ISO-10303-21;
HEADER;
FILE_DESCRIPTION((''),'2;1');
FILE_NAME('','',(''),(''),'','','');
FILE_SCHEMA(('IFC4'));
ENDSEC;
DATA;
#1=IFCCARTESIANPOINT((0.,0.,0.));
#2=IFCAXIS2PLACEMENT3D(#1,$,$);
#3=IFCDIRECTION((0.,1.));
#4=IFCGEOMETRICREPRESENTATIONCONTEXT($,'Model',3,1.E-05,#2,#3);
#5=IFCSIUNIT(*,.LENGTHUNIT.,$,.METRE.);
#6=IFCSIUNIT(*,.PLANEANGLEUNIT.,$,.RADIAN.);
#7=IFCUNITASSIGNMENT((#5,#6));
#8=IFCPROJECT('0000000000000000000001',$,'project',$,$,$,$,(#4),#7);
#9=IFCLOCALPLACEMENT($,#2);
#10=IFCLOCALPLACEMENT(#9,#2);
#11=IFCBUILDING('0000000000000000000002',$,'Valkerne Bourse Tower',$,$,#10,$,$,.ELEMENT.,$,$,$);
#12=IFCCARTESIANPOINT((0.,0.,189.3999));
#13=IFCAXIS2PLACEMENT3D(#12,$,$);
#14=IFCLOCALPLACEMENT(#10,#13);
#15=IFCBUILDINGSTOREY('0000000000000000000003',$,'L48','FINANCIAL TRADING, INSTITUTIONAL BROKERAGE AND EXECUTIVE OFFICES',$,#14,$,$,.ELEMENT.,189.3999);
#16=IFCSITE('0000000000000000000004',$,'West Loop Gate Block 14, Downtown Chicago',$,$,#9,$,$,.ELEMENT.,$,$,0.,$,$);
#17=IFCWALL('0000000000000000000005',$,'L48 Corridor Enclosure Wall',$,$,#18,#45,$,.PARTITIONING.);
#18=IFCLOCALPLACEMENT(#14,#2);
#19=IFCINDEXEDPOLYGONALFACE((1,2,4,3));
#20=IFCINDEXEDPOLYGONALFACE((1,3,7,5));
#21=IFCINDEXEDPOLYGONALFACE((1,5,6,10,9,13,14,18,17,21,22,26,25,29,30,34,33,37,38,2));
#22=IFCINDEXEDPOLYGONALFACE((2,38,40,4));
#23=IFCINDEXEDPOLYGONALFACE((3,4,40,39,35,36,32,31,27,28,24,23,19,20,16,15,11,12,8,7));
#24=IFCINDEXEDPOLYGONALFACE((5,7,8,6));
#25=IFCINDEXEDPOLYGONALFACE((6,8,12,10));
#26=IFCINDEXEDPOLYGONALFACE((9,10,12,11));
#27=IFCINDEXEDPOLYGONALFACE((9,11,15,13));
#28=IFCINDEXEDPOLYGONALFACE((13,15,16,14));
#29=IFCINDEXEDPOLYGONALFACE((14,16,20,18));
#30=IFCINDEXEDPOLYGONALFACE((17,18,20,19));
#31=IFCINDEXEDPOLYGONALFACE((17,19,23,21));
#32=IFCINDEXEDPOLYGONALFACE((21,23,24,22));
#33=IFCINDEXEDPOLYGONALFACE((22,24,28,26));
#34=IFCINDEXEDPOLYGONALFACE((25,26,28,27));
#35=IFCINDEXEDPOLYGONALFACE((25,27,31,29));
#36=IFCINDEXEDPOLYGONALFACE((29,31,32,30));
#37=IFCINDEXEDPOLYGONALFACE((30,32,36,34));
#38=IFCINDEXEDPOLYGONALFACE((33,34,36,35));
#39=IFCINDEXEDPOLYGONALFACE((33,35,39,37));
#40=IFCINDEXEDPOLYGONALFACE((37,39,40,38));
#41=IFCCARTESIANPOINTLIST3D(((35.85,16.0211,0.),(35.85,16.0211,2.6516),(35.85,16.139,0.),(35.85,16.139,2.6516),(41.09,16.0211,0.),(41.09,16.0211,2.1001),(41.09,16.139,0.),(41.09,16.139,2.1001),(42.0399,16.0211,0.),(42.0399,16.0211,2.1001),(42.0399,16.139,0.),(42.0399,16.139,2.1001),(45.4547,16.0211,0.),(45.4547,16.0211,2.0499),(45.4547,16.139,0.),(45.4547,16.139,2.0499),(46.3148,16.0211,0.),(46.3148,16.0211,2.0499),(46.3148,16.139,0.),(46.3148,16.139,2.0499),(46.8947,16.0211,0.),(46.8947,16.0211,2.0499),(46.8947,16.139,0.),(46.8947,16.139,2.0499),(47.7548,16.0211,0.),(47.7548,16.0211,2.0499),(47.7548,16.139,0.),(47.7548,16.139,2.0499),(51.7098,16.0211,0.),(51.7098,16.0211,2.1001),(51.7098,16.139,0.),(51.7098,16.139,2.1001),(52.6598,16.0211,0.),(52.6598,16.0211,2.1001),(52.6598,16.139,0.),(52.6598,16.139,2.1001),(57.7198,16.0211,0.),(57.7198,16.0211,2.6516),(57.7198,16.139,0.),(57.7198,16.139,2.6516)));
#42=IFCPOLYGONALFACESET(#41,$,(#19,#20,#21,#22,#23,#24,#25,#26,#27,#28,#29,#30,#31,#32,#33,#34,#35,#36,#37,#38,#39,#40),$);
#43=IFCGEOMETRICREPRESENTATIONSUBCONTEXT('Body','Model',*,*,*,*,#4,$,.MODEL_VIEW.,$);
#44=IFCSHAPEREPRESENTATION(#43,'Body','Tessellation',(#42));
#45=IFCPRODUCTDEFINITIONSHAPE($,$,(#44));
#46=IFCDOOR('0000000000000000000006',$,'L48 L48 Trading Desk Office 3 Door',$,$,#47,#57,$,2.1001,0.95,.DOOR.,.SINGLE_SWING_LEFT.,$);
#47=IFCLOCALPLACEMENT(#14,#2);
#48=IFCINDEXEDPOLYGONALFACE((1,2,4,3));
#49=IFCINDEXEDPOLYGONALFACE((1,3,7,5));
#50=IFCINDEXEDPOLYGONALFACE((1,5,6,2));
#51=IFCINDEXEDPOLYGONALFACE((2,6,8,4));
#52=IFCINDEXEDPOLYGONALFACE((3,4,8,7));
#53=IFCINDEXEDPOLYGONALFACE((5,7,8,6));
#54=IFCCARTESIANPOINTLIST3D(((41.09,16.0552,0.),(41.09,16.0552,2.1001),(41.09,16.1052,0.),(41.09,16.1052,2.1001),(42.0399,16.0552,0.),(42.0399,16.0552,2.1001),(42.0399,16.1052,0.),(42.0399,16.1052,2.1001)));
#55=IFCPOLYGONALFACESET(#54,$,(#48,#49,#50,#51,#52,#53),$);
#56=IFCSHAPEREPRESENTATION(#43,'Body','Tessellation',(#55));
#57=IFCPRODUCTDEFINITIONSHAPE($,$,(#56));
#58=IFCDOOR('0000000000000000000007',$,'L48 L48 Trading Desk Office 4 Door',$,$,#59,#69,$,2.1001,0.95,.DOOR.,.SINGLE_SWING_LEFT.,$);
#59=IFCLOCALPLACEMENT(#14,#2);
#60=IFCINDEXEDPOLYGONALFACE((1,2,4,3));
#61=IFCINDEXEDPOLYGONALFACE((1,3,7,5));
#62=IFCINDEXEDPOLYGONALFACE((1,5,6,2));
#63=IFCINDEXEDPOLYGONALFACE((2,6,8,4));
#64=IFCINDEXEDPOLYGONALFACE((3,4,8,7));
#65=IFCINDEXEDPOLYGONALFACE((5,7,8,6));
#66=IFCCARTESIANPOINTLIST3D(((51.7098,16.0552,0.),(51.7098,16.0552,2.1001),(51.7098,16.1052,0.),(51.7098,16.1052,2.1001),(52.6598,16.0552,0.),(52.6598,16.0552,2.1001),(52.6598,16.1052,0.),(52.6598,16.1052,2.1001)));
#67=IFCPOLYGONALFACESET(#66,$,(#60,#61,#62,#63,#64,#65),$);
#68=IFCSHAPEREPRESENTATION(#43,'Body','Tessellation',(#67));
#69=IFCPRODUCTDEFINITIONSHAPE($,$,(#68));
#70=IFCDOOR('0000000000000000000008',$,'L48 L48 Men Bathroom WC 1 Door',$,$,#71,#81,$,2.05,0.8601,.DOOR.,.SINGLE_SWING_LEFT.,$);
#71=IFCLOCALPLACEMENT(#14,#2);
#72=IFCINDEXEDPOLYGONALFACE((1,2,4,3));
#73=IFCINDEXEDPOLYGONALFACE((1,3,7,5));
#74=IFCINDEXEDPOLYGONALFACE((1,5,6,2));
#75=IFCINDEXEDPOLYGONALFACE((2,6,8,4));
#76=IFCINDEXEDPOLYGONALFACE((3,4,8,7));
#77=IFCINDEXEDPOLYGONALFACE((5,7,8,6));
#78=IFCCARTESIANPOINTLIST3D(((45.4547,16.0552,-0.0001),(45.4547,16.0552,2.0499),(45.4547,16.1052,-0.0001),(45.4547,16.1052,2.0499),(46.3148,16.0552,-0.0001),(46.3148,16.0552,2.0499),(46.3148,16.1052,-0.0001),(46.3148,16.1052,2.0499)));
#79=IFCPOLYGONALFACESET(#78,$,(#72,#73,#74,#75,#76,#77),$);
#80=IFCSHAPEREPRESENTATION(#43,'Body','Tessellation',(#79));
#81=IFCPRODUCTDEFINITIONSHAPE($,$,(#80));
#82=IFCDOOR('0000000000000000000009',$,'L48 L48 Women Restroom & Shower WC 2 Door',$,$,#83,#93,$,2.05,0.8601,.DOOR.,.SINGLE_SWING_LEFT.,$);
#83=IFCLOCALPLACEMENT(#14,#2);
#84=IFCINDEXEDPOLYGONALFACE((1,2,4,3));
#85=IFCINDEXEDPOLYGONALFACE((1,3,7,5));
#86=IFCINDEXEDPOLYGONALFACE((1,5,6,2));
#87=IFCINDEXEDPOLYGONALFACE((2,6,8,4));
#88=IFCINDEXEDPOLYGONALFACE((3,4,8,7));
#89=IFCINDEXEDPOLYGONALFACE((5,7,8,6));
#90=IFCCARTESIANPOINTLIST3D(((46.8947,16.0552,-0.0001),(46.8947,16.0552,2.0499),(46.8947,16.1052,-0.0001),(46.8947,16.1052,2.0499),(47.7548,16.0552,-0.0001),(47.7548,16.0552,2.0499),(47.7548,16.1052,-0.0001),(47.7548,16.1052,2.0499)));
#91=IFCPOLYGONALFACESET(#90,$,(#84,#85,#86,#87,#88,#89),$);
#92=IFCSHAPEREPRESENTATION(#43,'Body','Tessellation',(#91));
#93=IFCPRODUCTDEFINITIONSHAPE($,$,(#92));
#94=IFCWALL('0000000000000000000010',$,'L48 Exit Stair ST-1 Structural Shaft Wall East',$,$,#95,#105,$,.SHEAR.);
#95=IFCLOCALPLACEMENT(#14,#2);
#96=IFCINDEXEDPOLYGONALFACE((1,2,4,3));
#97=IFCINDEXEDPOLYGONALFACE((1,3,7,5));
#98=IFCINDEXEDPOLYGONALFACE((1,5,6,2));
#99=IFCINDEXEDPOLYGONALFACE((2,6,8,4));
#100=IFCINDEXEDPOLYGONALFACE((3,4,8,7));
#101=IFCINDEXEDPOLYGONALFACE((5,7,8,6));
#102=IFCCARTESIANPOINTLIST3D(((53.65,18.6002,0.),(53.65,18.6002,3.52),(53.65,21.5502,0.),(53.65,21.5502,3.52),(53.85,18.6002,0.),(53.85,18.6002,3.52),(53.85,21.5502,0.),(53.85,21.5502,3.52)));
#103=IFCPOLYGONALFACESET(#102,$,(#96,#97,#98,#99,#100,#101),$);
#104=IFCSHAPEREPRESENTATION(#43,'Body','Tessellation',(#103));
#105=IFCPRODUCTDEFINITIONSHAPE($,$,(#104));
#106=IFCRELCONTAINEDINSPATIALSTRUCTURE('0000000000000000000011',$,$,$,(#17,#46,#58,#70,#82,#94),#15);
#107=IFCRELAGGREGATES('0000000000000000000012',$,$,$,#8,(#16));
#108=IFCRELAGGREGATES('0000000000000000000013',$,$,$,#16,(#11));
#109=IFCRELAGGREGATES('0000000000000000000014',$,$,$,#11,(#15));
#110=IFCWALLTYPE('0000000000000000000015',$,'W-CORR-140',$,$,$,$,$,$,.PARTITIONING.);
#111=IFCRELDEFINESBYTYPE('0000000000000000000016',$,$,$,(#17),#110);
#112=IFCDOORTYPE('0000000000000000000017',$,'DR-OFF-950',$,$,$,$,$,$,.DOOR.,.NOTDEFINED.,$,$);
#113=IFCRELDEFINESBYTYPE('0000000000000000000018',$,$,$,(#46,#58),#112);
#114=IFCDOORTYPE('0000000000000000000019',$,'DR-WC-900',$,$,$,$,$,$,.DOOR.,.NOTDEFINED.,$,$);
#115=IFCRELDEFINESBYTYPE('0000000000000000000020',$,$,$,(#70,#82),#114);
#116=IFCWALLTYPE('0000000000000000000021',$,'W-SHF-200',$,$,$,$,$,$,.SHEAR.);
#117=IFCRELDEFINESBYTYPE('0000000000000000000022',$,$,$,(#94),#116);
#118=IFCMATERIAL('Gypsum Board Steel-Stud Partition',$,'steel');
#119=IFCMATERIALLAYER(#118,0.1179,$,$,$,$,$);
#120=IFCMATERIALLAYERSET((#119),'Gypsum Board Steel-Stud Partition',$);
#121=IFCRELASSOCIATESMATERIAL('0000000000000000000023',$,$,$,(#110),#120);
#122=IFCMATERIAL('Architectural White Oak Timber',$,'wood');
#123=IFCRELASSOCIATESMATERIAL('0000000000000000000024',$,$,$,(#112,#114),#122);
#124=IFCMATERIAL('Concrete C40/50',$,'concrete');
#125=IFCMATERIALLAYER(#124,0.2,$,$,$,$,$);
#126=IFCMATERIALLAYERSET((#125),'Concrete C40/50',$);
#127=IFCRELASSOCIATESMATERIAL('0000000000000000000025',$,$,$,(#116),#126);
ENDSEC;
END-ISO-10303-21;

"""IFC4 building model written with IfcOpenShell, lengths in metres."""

from ifc_helpers import new_model, si_unit, direction, frame, frame_2d, origin, place, context, subcontext, project, spatial, rectangle, extrude, material, layer, layer_set, type_object, element, fill, save


model = new_model("IFC4")

# Units and contexts
model_context = context("Model", 3, precision=1e-05, world=origin(), true_north=direction((0.0, 1.0)))
body_context = subcontext(model_context, "Body", "Model", "MODEL_VIEW")
ifc_project = project(units=[si_unit("LENGTHUNIT", "METRE"), si_unit("PLANEANGLEUNIT", "RADIAN")], contexts=[model_context])

# Site, building, storey
site_placement = place(None, origin())
site = spatial("IfcSite", under=ifc_project, at=site_placement, Name="West Loop Gate Block 14, Downtown Chicago", CompositionType="ELEMENT", RefElevation=0.0)
building_placement = place(site_placement, origin())
building = spatial("IfcBuilding", under=site, at=building_placement, Name="Valkerne Bourse Tower", CompositionType="ELEMENT")
storey_placement = place(building_placement, frame((0.0, 0.0, 189.3999)))
storey = spatial("IfcBuildingStorey", under=building, at=storey_placement, Name="L48", Description="FINANCIAL TRADING, INSTITUTIONAL BROKERAGE AND EXECUTIVE OFFICES", CompositionType="ELEMENT", Elevation=189.3999)

# Wall, openings, doors
ifc_material_1 = material(Name="Gypsum Board Steel-Stud Partition", Category="steel")
ifc_layer_1 = layer(ifc_material_1, 0.1179)
ifc_layer_set_1 = layer_set([ifc_layer_1], Name="Gypsum Board Steel-Stud Partition")
wall_type_1 = type_object("IfcWallType", Name="W-CORR-140", PredefinedType="PARTITIONING", material=ifc_layer_set_1)
wall_1_placement = place(storey_placement, frame((57.72, 16.0801, 0.0), z_axis=(0.0, 0.0, 1.0), x_axis=(-1.0, 0.0, 0.0)))
wall_1 = element("IfcWall", 1, at=wall_1_placement, inside=storey, type_object=wall_type_1, Name="L48 Corridor Enclosure Wall", PredefinedType="PARTITIONING", context=body_context, shape_type="SweptSolid", body=[
    extrude(rectangle(XDim=21.8699, YDim=0.1179, at=frame_2d((10.9351, 0.0))), origin(), (0.0, 0.0, 1.0), 2.6516),
])
opening_1_placement = place(wall_1_placement, frame((11.405, 0.0, 0.0)))
opening_1 = element("IfcOpeningElement", 2, at=opening_1_placement, cuts=wall_1, PredefinedType="OPENING", context=body_context, shape_type="SweptSolid", body=[
    extrude(rectangle(XDim=0.8601, YDim=2.05, at=frame_2d((0.4302, 1.0249))), frame((0.0, 0.0688, 0.0), z_axis=(0.0, -1.0, 0.0), x_axis=(1.0, 0.0, 0.0)), (0.0, 0.0, 1.0), 0.1379),
])
opening_2_placement = place(wall_1_placement, frame((9.9651, 0.0, 0.0)))
opening_2 = element("IfcOpeningElement", 3, at=opening_2_placement, cuts=wall_1, PredefinedType="OPENING", context=body_context, shape_type="SweptSolid", body=[
    extrude(rectangle(XDim=0.8601, YDim=2.05, at=frame_2d((0.4302, 1.0249))), frame((0.0, 0.0688, 0.0), z_axis=(0.0, -1.0, 0.0), x_axis=(1.0, 0.0, 0.0)), (0.0, 0.0, 1.0), 0.1379),
])
opening_3_placement = place(wall_1_placement, frame((15.6799, 0.0, 0.0)))
opening_3 = element("IfcOpeningElement", 4, at=opening_3_placement, cuts=wall_1, PredefinedType="OPENING", context=body_context, shape_type="SweptSolid", body=[
    extrude(rectangle(XDim=0.95, YDim=2.1001, at=frame_2d((0.4751, 1.05))), frame((0.0, 0.0688, 0.0), z_axis=(0.0, -1.0, 0.0), x_axis=(1.0, 0.0, 0.0)), (0.0, 0.0, 1.0), 0.1379),
])
opening_4_placement = place(wall_1_placement, frame((5.0601, 0.0, 0.0)))
opening_4 = element("IfcOpeningElement", 5, at=opening_4_placement, cuts=wall_1, PredefinedType="OPENING", context=body_context, shape_type="SweptSolid", body=[
    extrude(rectangle(XDim=0.95, YDim=2.1001, at=frame_2d((0.4751, 1.05))), frame((0.0, 0.0688, 0.0), z_axis=(0.0, -1.0, 0.0), x_axis=(1.0, 0.0, 0.0)), (0.0, 0.0, 1.0), 0.1379),
])
ifc_material_2 = material(Name="Architectural White Oak Timber", Category="wood")
door_type_1 = type_object("IfcDoorType", Name="DR-OFF-950", OperationType="NOTDEFINED", PredefinedType="DOOR", material=ifc_material_2)
door_1_placement = place(opening_3_placement, origin())
door_1 = element("IfcDoor", 6, at=door_1_placement, inside=storey, type_object=door_type_1, Name="L48 L48 Trading Desk Office 3 Door", OperationType="SINGLE_SWING_LEFT", OverallHeight=2.1001, OverallWidth=0.95, PredefinedType="DOOR", context=body_context, shape_type="SweptSolid", body=[
    extrude(rectangle(XDim=0.95, YDim=2.1001, at=frame_2d((0.4751, 1.05))), frame((0.0, 0.0249, 0.0), z_axis=(0.0, -1.0, 0.0), x_axis=(1.0, 0.0, 0.0)), (0.0, 0.0, 1.0), 0.05),
])
fill(opening_3, door_1)
door_2_placement = place(opening_4_placement, origin())
door_2 = element("IfcDoor", 7, at=door_2_placement, inside=storey, type_object=door_type_1, Name="L48 L48 Trading Desk Office 4 Door", OperationType="SINGLE_SWING_LEFT", OverallHeight=2.1001, OverallWidth=0.95, PredefinedType="DOOR", context=body_context, shape_type="SweptSolid", body=[
    extrude(rectangle(XDim=0.95, YDim=2.1001, at=frame_2d((0.4751, 1.05))), frame((0.0, 0.0249, 0.0), z_axis=(0.0, -1.0, 0.0), x_axis=(1.0, 0.0, 0.0)), (0.0, 0.0, 1.0), 0.05),
])
fill(opening_4, door_2)
door_type_2 = type_object("IfcDoorType", Name="DR-WC-900", OperationType="NOTDEFINED", PredefinedType="DOOR", material=ifc_material_2)
door_3_placement = place(opening_1_placement, origin())
door_3 = element("IfcDoor", 8, at=door_3_placement, inside=storey, type_object=door_type_2, Name="L48 L48 Men Bathroom WC 1 Door", OperationType="SINGLE_SWING_LEFT", OverallHeight=2.05, OverallWidth=0.8601, PredefinedType="DOOR", context=body_context, shape_type="SweptSolid", body=[
    extrude(rectangle(XDim=0.8601, YDim=2.05, at=frame_2d((0.4302, 1.0249))), frame((0.0, 0.0249, 0.0), z_axis=(0.0, -1.0, 0.0), x_axis=(1.0, 0.0, 0.0)), (0.0, 0.0, 1.0), 0.05),
])
fill(opening_1, door_3)
door_4_placement = place(opening_2_placement, origin())
door_4 = element("IfcDoor", 9, at=door_4_placement, inside=storey, type_object=door_type_2, Name="L48 L48 Women Restroom & Shower WC 2 Door", OperationType="SINGLE_SWING_LEFT", OverallHeight=2.05, OverallWidth=0.8601, PredefinedType="DOOR", context=body_context, shape_type="SweptSolid", body=[
    extrude(rectangle(XDim=0.8601, YDim=2.05, at=frame_2d((0.4302, 1.0249))), frame((0.0, 0.0249, 0.0), z_axis=(0.0, -1.0, 0.0), x_axis=(1.0, 0.0, 0.0)), (0.0, 0.0, 1.0), 0.05),
])
fill(opening_2, door_4)

# Wall
ifc_material_3 = material(Name="Concrete C40/50", Category="concrete")
ifc_layer_2 = layer(ifc_material_3, 0.2)
ifc_layer_set_2 = layer_set([ifc_layer_2], Name="Concrete C40/50")
wall_type_2 = type_object("IfcWallType", Name="W-SHF-200", PredefinedType="SHEAR", material=ifc_layer_set_2)
wall_2_placement = place(storey_placement, frame((53.75, 18.6001, 0.0), z_axis=(0.0, 0.0, 1.0), x_axis=(0.0, 1.0, 0.0)))
element("IfcWall", 10, at=wall_2_placement, inside=storey, type_object=wall_type_2, Name="L48 Exit Stair ST-1 Structural Shaft Wall East", PredefinedType="SHEAR", context=body_context, shape_type="SweptSolid", body=[
    extrude(rectangle(XDim=2.95, YDim=0.2, at=frame_2d((1.4751, 0.0))), origin(), (0.0, 0.0, 1.0), 3.52),
])

save(model, "model.ifc")
